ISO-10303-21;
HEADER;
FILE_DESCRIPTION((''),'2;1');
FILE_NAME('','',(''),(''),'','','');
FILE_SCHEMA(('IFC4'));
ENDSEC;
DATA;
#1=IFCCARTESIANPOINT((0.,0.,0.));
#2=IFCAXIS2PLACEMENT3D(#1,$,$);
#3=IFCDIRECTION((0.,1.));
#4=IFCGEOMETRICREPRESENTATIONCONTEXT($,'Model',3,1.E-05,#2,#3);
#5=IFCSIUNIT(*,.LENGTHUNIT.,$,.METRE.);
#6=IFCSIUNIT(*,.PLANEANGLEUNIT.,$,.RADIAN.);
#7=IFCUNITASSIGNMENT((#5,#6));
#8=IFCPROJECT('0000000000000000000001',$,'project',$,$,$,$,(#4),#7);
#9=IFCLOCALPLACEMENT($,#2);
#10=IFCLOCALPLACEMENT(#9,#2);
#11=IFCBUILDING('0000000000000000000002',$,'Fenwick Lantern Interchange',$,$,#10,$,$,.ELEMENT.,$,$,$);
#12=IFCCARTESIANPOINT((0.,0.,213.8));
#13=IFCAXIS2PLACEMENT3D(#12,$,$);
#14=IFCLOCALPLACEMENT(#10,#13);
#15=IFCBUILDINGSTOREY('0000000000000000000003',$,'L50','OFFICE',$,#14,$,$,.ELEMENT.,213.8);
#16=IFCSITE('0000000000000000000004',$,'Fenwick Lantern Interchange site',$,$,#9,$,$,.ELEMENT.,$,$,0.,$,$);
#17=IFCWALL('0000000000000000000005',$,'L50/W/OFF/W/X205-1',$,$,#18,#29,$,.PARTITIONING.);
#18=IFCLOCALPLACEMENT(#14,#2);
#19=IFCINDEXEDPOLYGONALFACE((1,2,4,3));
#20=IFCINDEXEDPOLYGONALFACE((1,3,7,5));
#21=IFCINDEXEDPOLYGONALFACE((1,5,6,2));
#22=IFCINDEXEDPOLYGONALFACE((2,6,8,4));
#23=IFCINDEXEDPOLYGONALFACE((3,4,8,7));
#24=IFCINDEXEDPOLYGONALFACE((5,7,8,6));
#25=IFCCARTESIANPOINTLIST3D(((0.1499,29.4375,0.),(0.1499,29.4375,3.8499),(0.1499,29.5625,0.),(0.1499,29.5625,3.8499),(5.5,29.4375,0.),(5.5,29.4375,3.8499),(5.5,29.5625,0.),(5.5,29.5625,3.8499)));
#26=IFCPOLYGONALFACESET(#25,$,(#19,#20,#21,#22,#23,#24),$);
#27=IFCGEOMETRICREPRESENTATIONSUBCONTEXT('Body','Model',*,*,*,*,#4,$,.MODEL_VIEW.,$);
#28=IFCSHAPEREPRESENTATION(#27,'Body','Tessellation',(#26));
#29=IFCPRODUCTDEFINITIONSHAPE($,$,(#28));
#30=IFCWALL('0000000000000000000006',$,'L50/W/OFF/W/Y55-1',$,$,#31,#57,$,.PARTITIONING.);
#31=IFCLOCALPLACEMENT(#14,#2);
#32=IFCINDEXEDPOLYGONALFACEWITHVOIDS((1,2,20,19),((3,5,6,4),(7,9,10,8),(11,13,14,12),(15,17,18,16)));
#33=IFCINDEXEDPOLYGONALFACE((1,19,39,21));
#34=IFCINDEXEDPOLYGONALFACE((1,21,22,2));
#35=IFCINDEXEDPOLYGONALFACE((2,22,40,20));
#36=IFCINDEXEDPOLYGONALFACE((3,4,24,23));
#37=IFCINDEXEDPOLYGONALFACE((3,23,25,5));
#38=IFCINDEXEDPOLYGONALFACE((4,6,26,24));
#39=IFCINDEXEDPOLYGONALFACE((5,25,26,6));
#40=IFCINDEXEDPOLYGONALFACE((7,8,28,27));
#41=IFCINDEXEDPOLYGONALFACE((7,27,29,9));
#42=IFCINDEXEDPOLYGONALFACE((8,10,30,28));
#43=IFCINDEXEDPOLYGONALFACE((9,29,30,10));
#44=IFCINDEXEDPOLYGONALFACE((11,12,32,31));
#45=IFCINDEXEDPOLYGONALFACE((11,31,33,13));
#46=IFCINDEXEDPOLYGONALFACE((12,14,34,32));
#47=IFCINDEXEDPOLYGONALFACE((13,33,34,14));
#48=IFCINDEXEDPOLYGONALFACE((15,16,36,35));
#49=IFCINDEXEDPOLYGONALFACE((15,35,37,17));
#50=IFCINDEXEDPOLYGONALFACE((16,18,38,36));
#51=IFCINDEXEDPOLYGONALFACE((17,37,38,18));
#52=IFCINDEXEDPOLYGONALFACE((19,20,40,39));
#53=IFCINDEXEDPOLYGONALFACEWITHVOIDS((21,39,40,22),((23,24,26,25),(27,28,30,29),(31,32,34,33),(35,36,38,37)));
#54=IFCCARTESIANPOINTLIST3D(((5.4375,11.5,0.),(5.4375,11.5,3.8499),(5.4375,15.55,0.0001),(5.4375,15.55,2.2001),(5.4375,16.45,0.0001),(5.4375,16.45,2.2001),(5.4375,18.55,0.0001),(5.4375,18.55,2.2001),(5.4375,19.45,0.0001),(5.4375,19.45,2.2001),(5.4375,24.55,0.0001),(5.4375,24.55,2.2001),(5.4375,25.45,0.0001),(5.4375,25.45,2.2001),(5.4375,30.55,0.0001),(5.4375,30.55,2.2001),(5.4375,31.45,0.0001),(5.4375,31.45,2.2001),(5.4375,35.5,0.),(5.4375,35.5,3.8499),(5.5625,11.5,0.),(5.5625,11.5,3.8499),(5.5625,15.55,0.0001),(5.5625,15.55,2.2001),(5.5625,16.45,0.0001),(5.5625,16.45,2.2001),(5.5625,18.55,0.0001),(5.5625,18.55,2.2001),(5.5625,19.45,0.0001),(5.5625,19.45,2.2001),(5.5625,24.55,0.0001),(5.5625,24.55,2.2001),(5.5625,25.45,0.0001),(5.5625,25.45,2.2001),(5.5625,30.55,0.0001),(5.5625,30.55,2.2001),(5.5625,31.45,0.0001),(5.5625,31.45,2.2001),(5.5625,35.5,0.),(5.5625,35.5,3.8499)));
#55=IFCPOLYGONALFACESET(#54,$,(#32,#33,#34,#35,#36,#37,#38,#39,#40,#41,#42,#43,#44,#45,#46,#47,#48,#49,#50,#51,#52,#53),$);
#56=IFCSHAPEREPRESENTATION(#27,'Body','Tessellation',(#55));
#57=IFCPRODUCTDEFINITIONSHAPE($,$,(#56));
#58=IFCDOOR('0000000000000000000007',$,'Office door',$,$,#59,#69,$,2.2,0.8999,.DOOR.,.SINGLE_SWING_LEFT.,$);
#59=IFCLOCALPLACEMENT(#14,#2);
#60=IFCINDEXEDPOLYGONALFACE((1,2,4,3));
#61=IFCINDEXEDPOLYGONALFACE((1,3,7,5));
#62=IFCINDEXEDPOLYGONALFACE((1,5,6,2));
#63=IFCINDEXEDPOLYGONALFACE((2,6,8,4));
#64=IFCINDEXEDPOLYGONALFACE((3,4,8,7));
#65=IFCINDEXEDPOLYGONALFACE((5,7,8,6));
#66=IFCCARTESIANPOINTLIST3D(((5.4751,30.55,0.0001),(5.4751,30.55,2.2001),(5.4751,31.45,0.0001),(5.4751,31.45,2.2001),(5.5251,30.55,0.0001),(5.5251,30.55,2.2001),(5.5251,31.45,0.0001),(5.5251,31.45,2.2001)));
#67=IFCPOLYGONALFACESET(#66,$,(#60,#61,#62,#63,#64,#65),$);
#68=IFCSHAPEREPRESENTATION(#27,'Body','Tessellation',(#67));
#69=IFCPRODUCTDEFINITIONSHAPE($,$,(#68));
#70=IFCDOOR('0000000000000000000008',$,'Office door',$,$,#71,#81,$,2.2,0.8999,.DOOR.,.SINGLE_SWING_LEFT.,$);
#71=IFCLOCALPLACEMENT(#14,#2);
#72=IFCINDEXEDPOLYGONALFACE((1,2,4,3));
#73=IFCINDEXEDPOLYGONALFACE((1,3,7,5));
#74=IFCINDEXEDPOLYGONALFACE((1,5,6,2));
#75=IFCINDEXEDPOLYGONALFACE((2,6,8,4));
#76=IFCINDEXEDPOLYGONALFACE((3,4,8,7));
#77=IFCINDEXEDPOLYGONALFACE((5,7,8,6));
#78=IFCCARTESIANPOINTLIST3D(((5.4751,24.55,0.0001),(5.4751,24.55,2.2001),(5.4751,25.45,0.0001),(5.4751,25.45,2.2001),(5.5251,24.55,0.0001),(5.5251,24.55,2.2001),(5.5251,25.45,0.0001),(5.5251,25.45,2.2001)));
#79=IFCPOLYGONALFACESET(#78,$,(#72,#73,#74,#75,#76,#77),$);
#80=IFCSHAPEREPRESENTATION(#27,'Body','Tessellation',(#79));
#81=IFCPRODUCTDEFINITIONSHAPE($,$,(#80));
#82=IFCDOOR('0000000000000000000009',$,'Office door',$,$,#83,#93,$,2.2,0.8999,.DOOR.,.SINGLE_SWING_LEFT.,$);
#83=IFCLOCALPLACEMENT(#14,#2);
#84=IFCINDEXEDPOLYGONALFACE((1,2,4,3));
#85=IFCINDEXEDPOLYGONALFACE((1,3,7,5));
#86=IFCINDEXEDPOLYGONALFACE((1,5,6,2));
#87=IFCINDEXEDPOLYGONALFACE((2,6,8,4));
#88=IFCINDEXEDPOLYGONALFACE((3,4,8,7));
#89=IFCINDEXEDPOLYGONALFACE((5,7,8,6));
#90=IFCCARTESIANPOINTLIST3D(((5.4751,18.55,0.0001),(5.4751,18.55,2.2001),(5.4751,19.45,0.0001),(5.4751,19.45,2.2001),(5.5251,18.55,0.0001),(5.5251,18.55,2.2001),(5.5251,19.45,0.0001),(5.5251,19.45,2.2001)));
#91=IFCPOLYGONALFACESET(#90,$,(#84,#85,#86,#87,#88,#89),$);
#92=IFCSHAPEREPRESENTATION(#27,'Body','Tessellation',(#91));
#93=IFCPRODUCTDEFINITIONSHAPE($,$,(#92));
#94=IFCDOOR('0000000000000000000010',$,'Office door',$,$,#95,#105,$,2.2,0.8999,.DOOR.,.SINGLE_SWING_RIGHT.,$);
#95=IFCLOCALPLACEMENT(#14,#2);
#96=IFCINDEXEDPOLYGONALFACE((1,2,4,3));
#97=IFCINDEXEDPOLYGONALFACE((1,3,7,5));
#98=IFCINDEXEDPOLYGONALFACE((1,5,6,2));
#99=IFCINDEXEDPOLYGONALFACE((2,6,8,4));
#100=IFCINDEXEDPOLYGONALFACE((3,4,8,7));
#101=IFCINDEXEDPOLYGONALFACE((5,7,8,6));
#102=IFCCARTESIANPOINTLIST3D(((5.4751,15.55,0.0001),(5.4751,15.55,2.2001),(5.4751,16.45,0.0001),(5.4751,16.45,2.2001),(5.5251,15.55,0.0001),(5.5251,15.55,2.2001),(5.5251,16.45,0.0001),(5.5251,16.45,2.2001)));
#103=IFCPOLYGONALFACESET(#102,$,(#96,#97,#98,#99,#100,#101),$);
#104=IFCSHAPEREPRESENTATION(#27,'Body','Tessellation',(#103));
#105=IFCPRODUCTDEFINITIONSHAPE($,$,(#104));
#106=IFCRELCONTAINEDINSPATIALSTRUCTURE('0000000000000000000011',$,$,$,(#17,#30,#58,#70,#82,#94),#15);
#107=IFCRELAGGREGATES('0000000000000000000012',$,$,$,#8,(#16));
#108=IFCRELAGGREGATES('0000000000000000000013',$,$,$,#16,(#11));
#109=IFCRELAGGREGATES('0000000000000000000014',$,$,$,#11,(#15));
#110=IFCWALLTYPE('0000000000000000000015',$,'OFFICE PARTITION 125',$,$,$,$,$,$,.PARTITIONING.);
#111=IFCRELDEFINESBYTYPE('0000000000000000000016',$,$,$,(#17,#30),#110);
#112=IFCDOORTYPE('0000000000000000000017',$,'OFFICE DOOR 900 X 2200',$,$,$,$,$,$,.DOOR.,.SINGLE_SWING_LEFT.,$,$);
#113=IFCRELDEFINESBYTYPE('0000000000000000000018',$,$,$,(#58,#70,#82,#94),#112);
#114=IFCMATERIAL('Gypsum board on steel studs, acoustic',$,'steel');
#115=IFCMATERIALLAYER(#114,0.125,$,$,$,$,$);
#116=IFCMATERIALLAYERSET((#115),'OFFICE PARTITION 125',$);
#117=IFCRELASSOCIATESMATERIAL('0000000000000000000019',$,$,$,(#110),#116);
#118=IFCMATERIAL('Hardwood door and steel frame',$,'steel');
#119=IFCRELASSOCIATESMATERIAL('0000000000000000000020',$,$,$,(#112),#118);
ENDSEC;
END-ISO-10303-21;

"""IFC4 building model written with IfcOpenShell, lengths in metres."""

from ifc_helpers import new_model, si_unit, direction, frame, frame_2d, origin, place, context, subcontext, project, spatial, rectangle, extrude, material, layer, layer_set, type_object, element, fill, save


model = new_model("IFC4")

# Units and contexts
model_context = context("Model", 3, precision=1e-05, world=origin(), true_north=direction((0.0, 1.0)))
body_context = subcontext(model_context, "Body", "Model", "MODEL_VIEW")
ifc_project = project(units=[si_unit("LENGTHUNIT", "METRE"), si_unit("PLANEANGLEUNIT", "RADIAN")], contexts=[model_context])

# Site, building, storey
site_placement = place(None, origin())
site = spatial("IfcSite", under=ifc_project, at=site_placement, Name="Fenwick Lantern Interchange site", CompositionType="ELEMENT", RefElevation=0.0)
building_placement = place(site_placement, origin())
building = spatial("IfcBuilding", under=site, at=building_placement, Name="Fenwick Lantern Interchange", CompositionType="ELEMENT")
storey_placement = place(building_placement, frame((0.0, 0.0, 213.8)))
storey = spatial("IfcBuildingStorey", under=building, at=storey_placement, Name="L50", Description="OFFICE", CompositionType="ELEMENT", Elevation=213.8)

# Shared definitions
ifc_material_1 = material(Name="Hardwood door and steel frame", Category="steel")

# Shared definitions
ifc_material_2 = material(Name="Gypsum board on steel studs, acoustic", Category="steel")
ifc_layer_1 = layer(ifc_material_2, 0.125)
ifc_layer_set_1 = layer_set([ifc_layer_1], Name="OFFICE PARTITION 125")
wall_type_1 = type_object("IfcWallType", Name="OFFICE PARTITION 125", PredefinedType="PARTITIONING", material=ifc_layer_set_1)
door_type_1 = type_object("IfcDoorType", Name="OFFICE DOOR 900 X 2200", OperationType="SINGLE_SWING_LEFT", PredefinedType="DOOR", material=ifc_material_1)

# Wall
wall_1_placement = place(storey_placement, frame((0.1499, 29.5, 0.0), z_axis=(0.0, 0.0, 1.0), x_axis=(1.0, 0.0, 0.0)))
element("IfcWall", 1, at=wall_1_placement, inside=storey, type_object=wall_type_1, Name="L50/W/OFF/W/X205-1", PredefinedType="PARTITIONING", context=body_context, shape_type="SweptSolid", body=[
    extrude(rectangle(XDim=5.3501, YDim=0.125, at=frame_2d((2.675, 0.0))), origin(), (0.0, 0.0, 1.0), 3.8499),
])

# Wall, openings, doors
wall_2_placement = place(storey_placement, frame((5.5, 35.5, 0.0), z_axis=(0.0, 0.0, 1.0), x_axis=(0.0, -1.0, 0.0)))
wall_2 = element("IfcWall", 2, at=wall_2_placement, inside=storey, type_object=wall_type_1, Name="L50/W/OFF/W/Y55-1", PredefinedType="PARTITIONING", context=body_context, shape_type="SweptSolid", body=[
    extrude(rectangle(XDim=24.0, YDim=0.125, at=frame_2d((12.0, 0.0))), origin(), (0.0, 0.0, 1.0), 3.8499),
])
opening_1_placement = place(wall_2_placement, frame((4.05, 0.0, 0.0)))
opening_1 = element("IfcOpeningElement", 3, at=opening_1_placement, cuts=wall_2, PredefinedType="OPENING", context=body_context, shape_type="SweptSolid", body=[
    extrude(rectangle(XDim=0.8999, YDim=2.2, at=frame_2d((0.45, 1.1001))), frame((0.0, 0.0725, 0.0), z_axis=(0.0, -1.0, 0.0), x_axis=(1.0, 0.0, 0.0)), (0.0, 0.0, 1.0), 0.145),
])
opening_2_placement = place(wall_2_placement, frame((10.05, 0.0, 0.0)))
opening_2 = element("IfcOpeningElement", 4, at=opening_2_placement, cuts=wall_2, PredefinedType="OPENING", context=body_context, shape_type="SweptSolid", body=[
    extrude(rectangle(XDim=0.8999, YDim=2.2, at=frame_2d((0.45, 1.1001))), frame((0.0, 0.0725, 0.0), z_axis=(0.0, -1.0, 0.0), x_axis=(1.0, 0.0, 0.0)), (0.0, 0.0, 1.0), 0.145),
])
opening_3_placement = place(wall_2_placement, frame((16.05, 0.0, 0.0)))
opening_3 = element("IfcOpeningElement", 5, at=opening_3_placement, cuts=wall_2, PredefinedType="OPENING", context=body_context, shape_type="SweptSolid", body=[
    extrude(rectangle(XDim=0.8999, YDim=2.2, at=frame_2d((0.45, 1.1001))), frame((0.0, 0.0725, 0.0), z_axis=(0.0, -1.0, 0.0), x_axis=(1.0, 0.0, 0.0)), (0.0, 0.0, 1.0), 0.145),
])
opening_4_placement = place(wall_2_placement, frame((19.05, 0.0, 0.0)))
opening_4 = element("IfcOpeningElement", 6, at=opening_4_placement, cuts=wall_2, PredefinedType="OPENING", context=body_context, shape_type="SweptSolid", body=[
    extrude(rectangle(XDim=0.8999, YDim=2.2, at=frame_2d((0.45, 1.1001))), frame((0.0, 0.0725, 0.0), z_axis=(0.0, -1.0, 0.0), x_axis=(1.0, 0.0, 0.0)), (0.0, 0.0, 1.0), 0.145),
])
door_1_placement = place(opening_1_placement, frame((0.8999, 0.0, 0.0), z_axis=(0.0, 0.0, 1.0), x_axis=(-1.0, 0.0, 0.0)))
door_1 = element("IfcDoor", 7, at=door_1_placement, inside=storey, type_object=door_type_1, Name="Office door", OperationType="SINGLE_SWING_LEFT", OverallHeight=2.2, OverallWidth=0.8999, PredefinedType="DOOR", context=body_context, shape_type="SweptSolid", body=[
    extrude(rectangle(XDim=0.8999, YDim=2.2, at=frame_2d((0.45, 1.1001))), frame((0.0, 0.0249, 0.0), z_axis=(0.0, -1.0, 0.0), x_axis=(1.0, 0.0, 0.0)), (0.0, 0.0, 1.0), 0.05),
])
fill(opening_1, door_1)
door_2_placement = place(opening_2_placement, frame((0.8999, 0.0, 0.0), z_axis=(0.0, 0.0, 1.0), x_axis=(-1.0, 0.0, 0.0)))
door_2 = element("IfcDoor", 8, at=door_2_placement, inside=storey, type_object=door_type_1, Name="Office door", OperationType="SINGLE_SWING_LEFT", OverallHeight=2.2, OverallWidth=0.8999, PredefinedType="DOOR", context=body_context, shape_type="SweptSolid", body=[
    extrude(rectangle(XDim=0.8999, YDim=2.2, at=frame_2d((0.45, 1.1001))), frame((0.0, 0.0249, 0.0), z_axis=(0.0, -1.0, 0.0), x_axis=(1.0, 0.0, 0.0)), (0.0, 0.0, 1.0), 0.05),
])
fill(opening_2, door_2)
door_3_placement = place(opening_3_placement, frame((0.8999, 0.0, 0.0), z_axis=(0.0, 0.0, 1.0), x_axis=(-1.0, 0.0, 0.0)))
door_3 = element("IfcDoor", 9, at=door_3_placement, inside=storey, type_object=door_type_1, Name="Office door", OperationType="SINGLE_SWING_LEFT", OverallHeight=2.2, OverallWidth=0.8999, PredefinedType="DOOR", context=body_context, shape_type="SweptSolid", body=[
    extrude(rectangle(XDim=0.8999, YDim=2.2, at=frame_2d((0.45, 1.1001))), frame((0.0, 0.0249, 0.0), z_axis=(0.0, -1.0, 0.0), x_axis=(1.0, 0.0, 0.0)), (0.0, 0.0, 1.0), 0.05),
])
fill(opening_3, door_3)
door_4_placement = place(opening_4_placement, frame((0.8999, 0.0, 0.0), z_axis=(0.0, 0.0, 1.0), x_axis=(-1.0, 0.0, 0.0)))
door_4 = element("IfcDoor", 10, at=door_4_placement, inside=storey, type_object=door_type_1, Name="Office door", OperationType="SINGLE_SWING_RIGHT", OverallHeight=2.2, OverallWidth=0.8999, PredefinedType="DOOR", context=body_context, shape_type="SweptSolid", body=[
    extrude(rectangle(XDim=0.8999, YDim=2.2, at=frame_2d((0.45, 1.1001))), frame((0.0, 0.0249, 0.0), z_axis=(0.0, -1.0, 0.0), x_axis=(1.0, 0.0, 0.0)), (0.0, 0.0, 1.0), 0.05),
])
fill(opening_4, door_4)

save(model, "model.ifc")
